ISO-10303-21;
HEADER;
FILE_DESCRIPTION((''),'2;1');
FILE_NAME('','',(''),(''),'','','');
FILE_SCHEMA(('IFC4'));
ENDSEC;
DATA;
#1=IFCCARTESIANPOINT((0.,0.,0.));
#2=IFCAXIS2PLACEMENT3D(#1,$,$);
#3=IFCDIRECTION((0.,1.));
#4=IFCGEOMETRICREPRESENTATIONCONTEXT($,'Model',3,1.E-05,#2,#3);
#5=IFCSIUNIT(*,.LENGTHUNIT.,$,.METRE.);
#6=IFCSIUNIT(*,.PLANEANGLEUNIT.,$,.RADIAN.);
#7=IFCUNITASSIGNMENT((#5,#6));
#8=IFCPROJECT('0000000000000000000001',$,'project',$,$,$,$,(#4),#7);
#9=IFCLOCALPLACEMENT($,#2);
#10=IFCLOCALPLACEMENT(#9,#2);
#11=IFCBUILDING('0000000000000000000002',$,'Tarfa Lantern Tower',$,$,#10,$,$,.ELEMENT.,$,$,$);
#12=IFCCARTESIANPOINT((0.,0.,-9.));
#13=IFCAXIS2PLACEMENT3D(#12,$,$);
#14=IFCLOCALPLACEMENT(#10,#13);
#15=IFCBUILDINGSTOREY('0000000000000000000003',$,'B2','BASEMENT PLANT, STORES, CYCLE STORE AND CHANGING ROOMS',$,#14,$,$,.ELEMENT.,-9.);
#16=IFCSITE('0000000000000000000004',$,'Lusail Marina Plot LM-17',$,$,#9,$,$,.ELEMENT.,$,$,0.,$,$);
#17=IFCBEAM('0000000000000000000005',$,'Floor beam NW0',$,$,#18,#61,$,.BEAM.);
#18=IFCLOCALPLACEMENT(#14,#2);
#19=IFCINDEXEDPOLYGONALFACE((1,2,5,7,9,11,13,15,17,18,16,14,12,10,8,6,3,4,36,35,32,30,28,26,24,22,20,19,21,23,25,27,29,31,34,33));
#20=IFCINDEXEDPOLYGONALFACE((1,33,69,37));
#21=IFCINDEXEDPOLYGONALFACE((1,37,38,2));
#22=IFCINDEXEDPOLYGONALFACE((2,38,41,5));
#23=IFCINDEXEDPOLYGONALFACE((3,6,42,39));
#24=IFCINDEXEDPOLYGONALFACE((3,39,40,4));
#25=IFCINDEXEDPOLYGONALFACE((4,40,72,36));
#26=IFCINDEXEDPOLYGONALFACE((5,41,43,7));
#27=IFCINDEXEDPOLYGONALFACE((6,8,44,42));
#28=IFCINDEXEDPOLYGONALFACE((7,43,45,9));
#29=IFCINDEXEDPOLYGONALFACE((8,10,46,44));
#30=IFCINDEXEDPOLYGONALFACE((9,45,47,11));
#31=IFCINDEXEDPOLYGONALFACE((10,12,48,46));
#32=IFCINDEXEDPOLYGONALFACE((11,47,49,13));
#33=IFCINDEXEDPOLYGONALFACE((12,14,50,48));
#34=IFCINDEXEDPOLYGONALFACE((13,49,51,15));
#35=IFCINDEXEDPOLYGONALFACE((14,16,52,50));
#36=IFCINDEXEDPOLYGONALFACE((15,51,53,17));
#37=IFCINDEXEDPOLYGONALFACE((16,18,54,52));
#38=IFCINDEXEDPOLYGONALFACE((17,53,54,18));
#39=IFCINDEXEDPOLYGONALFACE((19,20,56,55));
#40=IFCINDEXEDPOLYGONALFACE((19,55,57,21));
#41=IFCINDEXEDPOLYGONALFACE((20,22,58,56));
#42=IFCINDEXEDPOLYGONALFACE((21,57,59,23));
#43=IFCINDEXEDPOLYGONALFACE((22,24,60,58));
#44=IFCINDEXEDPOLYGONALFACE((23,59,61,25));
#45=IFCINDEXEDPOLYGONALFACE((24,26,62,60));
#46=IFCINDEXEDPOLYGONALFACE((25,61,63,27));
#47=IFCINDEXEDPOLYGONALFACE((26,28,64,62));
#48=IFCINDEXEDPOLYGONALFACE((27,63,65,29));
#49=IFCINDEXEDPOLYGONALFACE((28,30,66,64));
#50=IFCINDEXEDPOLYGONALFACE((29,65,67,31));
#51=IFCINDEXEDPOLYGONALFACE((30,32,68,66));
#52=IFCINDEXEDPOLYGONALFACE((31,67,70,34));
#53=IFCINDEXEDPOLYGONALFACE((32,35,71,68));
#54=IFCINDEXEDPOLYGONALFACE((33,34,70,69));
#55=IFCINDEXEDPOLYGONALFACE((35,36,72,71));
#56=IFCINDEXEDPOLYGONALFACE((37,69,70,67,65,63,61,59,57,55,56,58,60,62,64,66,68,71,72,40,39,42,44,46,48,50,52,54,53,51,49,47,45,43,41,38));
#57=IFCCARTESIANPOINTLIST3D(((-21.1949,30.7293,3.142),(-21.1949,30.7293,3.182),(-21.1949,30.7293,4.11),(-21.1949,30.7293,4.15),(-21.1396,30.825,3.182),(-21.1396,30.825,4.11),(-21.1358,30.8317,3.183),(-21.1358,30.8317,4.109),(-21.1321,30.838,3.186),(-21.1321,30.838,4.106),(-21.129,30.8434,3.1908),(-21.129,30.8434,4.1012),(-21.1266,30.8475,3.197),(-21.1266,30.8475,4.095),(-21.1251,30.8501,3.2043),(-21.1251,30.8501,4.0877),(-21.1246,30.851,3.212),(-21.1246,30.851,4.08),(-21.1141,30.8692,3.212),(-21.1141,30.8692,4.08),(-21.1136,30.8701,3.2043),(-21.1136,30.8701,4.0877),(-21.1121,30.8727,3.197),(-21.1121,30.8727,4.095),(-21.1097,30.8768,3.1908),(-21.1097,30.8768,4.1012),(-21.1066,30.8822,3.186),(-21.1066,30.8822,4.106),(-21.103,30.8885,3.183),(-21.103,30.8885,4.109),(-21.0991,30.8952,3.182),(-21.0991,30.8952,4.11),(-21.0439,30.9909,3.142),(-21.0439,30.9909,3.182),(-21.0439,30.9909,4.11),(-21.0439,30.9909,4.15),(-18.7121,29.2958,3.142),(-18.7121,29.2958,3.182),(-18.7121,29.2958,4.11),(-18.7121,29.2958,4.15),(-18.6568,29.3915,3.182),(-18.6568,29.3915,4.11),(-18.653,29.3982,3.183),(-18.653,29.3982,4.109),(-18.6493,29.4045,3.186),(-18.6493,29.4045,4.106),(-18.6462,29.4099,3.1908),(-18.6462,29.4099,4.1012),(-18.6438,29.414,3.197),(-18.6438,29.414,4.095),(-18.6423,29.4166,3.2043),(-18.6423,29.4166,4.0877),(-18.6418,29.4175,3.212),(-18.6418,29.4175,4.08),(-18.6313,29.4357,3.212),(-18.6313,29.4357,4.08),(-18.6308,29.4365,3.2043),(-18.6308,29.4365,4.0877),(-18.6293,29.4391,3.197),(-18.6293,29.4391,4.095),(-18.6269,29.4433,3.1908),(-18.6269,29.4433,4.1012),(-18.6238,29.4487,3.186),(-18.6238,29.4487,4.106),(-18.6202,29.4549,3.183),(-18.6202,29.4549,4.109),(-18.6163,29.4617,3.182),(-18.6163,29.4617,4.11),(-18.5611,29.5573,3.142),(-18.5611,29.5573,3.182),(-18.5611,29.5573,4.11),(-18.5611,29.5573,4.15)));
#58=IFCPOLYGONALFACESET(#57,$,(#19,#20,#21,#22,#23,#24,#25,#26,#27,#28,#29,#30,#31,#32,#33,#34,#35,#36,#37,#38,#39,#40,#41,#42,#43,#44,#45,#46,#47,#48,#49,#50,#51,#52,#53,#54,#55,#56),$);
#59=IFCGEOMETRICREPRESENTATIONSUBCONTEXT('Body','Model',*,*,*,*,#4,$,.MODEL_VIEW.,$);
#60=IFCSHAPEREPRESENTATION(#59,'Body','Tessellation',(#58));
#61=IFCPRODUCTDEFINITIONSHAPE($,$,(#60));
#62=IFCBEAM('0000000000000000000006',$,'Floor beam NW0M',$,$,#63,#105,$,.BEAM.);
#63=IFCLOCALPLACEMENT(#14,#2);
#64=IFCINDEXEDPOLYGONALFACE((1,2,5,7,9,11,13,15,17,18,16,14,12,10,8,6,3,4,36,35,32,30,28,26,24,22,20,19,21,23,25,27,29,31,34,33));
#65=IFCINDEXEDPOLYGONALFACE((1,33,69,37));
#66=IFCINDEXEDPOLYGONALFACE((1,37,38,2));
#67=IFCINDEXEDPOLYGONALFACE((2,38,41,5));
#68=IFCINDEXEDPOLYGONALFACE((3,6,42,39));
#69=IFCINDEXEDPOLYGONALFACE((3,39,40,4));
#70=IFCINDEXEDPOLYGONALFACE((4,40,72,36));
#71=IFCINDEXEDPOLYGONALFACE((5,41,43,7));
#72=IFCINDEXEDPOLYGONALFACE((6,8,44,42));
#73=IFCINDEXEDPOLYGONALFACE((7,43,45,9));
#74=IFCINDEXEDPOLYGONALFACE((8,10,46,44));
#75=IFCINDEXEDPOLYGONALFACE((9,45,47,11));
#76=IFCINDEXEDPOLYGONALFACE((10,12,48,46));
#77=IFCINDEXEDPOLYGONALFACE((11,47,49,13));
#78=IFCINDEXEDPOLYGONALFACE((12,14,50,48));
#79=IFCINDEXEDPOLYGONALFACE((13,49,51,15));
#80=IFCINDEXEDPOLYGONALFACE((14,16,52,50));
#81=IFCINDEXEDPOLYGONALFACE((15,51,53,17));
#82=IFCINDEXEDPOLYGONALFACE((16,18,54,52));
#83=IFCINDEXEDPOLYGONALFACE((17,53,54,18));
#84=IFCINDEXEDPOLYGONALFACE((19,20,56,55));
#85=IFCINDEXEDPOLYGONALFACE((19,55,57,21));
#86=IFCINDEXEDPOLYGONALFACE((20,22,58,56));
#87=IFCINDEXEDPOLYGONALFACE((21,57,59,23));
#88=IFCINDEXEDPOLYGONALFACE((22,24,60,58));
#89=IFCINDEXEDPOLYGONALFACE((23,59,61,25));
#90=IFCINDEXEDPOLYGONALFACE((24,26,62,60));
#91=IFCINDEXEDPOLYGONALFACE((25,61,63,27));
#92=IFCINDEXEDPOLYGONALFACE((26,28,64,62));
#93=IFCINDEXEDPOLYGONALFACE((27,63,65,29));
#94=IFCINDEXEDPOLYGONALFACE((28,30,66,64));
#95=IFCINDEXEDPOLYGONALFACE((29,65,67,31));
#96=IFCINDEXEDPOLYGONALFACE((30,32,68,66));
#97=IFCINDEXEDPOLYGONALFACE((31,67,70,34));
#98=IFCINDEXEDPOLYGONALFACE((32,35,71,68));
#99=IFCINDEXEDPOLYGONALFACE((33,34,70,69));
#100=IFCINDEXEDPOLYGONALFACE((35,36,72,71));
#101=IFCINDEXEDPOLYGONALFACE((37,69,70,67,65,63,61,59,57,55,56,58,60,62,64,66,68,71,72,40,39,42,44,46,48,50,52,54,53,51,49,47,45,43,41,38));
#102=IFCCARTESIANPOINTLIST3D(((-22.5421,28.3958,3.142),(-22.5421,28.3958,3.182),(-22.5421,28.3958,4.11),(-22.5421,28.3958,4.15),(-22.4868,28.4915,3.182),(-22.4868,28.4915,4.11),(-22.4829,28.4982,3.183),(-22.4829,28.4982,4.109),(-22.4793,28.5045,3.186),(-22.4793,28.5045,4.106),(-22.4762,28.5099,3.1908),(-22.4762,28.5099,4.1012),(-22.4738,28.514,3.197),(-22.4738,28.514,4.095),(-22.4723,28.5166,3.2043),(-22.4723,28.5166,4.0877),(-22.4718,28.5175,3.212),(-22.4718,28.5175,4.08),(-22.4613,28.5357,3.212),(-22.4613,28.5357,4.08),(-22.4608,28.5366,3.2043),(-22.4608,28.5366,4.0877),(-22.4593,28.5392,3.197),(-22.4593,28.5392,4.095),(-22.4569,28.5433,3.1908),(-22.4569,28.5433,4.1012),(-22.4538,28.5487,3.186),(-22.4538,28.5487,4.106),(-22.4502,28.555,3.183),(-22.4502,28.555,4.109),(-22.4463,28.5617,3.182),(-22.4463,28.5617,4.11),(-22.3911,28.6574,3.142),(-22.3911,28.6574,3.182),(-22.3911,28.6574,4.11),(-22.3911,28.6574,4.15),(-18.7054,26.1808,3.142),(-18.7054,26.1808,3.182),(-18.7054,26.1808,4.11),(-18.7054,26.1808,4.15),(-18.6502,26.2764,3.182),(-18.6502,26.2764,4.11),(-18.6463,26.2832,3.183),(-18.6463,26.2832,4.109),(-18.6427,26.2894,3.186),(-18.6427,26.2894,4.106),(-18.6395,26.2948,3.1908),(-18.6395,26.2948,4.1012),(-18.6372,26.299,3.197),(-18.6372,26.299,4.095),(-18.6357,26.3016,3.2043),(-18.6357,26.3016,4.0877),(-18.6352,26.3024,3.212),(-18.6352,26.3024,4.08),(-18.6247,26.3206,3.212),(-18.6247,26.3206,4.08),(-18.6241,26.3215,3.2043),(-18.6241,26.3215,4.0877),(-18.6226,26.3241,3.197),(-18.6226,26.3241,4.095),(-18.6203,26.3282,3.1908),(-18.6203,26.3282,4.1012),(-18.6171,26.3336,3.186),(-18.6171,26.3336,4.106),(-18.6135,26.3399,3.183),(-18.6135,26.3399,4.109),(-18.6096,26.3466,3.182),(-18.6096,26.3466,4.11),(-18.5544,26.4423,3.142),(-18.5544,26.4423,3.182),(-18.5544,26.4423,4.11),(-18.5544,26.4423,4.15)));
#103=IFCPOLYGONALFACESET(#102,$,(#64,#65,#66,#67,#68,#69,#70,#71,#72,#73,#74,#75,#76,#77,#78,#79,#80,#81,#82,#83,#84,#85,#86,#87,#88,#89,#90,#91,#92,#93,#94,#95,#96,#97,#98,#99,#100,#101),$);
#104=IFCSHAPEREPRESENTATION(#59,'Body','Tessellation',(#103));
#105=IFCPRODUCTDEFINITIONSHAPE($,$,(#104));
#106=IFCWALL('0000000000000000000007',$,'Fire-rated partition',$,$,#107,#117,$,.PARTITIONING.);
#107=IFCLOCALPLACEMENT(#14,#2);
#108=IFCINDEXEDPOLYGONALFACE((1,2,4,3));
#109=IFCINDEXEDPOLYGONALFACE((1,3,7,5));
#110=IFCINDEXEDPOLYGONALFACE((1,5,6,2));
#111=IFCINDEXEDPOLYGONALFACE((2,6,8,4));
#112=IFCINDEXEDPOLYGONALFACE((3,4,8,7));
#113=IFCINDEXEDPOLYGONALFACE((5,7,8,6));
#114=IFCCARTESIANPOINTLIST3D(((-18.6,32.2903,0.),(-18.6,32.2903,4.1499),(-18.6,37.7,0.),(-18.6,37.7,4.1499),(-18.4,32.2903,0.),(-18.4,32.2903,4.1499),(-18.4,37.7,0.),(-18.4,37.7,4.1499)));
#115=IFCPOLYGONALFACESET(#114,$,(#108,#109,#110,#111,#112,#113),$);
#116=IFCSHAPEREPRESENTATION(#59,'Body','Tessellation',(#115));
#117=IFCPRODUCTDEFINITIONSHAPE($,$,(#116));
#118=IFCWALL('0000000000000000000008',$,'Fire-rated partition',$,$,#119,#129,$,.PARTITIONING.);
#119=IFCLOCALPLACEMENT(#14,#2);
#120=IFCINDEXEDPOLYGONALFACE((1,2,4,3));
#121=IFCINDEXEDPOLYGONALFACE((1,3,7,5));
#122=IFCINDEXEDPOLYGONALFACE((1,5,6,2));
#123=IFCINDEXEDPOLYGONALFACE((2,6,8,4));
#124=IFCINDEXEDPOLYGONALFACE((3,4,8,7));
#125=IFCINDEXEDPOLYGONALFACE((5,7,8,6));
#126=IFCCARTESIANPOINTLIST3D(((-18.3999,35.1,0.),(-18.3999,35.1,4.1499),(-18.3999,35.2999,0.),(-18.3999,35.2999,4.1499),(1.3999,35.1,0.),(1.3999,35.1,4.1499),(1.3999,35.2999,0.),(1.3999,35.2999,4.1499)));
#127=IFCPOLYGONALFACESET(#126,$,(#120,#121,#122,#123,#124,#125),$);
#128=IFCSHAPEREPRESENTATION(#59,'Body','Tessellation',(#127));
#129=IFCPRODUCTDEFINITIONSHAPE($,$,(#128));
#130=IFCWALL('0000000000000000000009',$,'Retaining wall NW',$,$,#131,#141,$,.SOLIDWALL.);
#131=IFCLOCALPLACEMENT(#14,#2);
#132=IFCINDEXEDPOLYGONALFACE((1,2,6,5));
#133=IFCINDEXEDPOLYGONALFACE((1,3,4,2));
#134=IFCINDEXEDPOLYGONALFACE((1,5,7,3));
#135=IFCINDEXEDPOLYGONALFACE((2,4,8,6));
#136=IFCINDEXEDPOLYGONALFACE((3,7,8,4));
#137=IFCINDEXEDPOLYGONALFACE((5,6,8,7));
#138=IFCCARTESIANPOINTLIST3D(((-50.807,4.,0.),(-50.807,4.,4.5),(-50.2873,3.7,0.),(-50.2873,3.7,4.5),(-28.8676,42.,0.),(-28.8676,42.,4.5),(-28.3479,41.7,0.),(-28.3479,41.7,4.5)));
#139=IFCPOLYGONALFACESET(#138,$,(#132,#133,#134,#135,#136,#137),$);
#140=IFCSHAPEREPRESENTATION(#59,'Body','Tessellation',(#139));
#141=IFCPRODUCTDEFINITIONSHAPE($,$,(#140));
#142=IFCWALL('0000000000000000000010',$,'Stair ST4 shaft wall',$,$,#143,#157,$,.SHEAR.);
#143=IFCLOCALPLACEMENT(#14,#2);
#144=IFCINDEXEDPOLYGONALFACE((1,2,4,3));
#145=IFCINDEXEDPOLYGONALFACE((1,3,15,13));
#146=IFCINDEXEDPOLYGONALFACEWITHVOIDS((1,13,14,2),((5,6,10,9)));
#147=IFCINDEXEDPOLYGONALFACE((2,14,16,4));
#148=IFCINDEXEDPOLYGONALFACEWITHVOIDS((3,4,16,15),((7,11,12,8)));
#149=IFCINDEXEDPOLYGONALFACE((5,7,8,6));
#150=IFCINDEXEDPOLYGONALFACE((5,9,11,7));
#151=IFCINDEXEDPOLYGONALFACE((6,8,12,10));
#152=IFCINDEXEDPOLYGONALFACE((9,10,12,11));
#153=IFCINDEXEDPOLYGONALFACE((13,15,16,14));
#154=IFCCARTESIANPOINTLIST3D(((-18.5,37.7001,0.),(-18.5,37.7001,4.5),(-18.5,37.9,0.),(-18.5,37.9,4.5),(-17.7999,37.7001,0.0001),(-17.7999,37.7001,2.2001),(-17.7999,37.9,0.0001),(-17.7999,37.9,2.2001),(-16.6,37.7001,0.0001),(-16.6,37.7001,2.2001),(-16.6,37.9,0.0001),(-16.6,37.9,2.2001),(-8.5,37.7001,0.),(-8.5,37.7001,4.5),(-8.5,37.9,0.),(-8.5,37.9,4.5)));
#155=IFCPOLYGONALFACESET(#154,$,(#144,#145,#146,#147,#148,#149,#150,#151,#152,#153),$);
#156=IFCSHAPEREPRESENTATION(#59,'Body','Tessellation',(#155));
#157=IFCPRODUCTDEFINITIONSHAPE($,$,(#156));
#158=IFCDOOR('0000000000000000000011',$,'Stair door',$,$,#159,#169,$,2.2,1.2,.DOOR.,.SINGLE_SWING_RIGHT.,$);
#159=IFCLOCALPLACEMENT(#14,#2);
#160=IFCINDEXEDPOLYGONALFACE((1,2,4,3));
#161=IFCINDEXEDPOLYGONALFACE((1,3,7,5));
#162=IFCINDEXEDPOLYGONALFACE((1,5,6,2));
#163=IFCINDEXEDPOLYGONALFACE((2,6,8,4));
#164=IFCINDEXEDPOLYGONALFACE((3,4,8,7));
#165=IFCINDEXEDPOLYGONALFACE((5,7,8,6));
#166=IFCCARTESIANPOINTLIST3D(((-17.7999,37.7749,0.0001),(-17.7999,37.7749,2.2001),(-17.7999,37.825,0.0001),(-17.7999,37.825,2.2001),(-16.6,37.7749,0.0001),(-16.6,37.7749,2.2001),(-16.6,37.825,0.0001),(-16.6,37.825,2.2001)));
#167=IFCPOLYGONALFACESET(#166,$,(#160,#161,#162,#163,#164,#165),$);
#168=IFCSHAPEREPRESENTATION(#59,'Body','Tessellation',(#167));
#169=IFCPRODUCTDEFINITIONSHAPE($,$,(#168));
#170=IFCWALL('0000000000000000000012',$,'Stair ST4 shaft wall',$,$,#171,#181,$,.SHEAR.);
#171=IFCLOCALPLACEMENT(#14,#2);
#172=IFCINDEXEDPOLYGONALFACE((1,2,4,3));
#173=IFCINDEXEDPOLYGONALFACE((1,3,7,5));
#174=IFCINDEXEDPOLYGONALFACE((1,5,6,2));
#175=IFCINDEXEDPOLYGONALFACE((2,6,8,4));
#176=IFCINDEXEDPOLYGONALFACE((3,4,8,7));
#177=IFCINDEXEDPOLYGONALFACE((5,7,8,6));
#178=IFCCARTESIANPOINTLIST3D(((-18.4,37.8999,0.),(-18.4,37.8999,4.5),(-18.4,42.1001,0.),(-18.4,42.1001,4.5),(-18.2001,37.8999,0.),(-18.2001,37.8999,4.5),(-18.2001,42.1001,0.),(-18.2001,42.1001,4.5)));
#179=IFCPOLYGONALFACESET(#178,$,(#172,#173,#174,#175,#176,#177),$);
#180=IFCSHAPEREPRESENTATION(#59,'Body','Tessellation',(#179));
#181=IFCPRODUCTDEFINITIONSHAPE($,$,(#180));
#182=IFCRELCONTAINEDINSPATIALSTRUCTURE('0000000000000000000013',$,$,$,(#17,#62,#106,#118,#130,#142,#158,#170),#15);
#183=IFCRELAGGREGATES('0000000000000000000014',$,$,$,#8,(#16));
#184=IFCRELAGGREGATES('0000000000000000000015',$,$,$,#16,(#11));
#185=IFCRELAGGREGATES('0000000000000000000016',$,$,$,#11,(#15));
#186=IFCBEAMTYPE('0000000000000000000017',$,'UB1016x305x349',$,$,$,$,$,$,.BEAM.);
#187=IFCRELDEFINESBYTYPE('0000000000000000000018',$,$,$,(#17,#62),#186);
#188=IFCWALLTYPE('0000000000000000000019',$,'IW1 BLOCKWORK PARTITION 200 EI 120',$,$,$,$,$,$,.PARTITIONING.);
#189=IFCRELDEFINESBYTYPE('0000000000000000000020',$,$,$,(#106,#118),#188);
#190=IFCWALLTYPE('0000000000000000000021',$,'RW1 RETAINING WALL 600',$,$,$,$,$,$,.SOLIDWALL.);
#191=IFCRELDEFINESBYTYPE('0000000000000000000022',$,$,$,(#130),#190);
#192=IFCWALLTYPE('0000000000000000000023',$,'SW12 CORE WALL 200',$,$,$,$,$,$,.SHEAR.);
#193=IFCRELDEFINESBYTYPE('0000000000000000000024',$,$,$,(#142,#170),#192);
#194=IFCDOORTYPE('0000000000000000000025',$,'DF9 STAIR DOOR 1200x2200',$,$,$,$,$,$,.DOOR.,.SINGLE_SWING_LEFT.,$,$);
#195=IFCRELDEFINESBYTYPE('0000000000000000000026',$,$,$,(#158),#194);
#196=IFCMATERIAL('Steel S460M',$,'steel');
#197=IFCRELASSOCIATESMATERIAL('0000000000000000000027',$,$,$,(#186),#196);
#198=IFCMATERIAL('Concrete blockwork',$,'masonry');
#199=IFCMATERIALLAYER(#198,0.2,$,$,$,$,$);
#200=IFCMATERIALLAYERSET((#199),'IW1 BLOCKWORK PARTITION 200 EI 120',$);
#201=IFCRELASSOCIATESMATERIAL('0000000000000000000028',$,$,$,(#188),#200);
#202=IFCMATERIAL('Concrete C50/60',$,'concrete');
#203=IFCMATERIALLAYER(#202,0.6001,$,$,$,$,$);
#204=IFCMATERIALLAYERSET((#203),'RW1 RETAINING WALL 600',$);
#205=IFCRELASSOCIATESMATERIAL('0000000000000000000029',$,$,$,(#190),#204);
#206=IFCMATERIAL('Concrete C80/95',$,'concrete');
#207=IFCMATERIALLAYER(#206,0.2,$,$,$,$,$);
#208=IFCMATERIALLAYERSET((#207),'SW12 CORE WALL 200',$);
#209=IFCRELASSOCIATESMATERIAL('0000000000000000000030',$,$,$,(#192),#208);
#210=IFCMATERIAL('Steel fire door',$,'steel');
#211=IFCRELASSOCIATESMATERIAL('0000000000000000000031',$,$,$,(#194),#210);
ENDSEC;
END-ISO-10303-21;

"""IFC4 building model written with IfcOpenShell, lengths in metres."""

from ifc_helpers import new_model, si_unit, direction, frame, frame_2d, origin, origin_2d, place, context, subcontext, project, spatial, rectangle, i_section, extrude, material, layer, layer_set, material_profile, profile_set, type_object, element, fill, save


model = new_model("IFC4")

# Units and contexts
model_context = context("Model", 3, precision=1e-05, world=origin(), true_north=direction((0.0, 1.0)))
body_context = subcontext(model_context, "Body", "Model", "MODEL_VIEW")
ifc_project = project(units=[si_unit("LENGTHUNIT", "METRE"), si_unit("PLANEANGLEUNIT", "RADIAN")], contexts=[model_context])

# Site, building, storey
site_placement = place(None, origin())
site = spatial("IfcSite", under=ifc_project, at=site_placement, Name="Lusail Marina Plot LM-17", CompositionType="ELEMENT", RefElevation=0.0)
building_placement = place(site_placement, origin())
building = spatial("IfcBuilding", under=site, at=building_placement, Name="Tarfa Lantern Tower", CompositionType="ELEMENT")
storey_placement = place(building_placement, frame((0.0, 0.0, -9.0)))
storey = spatial("IfcBuildingStorey", under=building, at=storey_placement, Name="B2", Description="BASEMENT PLANT, STORES, CYCLE STORE AND CHANGING ROOMS", CompositionType="ELEMENT", Elevation=-9.0)

# Shared definitions
ifc_material_1 = material(Name="Concrete C80/95", Category="concrete")

# Beams
ifc_material_2 = material(Name="Steel S460M", Category="steel")
ifc_material_profile_1 = material_profile(ifc_material_2, i_section(OverallWidth=0.302, OverallDepth=1.0081, WebThickness=0.021, FlangeThickness=0.04, FilletRadius=0.03, at=origin_2d()), Name="UB1016x305x349")
ifc_profile_set_1 = profile_set([ifc_material_profile_1], Name="Steel S460M")
beam_type_1 = type_object("IfcBeamType", Name="UB1016x305x349", PredefinedType="BEAM", material=ifc_profile_set_1)
beam_1_placement = place(storey_placement, frame((-21.1194, 30.8601, 3.646), z_axis=(0.866013, -0.500022, 0.0), x_axis=(0.500022, 0.866013, 0.0)))
element("IfcBeam", 1, at=beam_1_placement, inside=storey, type_object=beam_type_1, Name="Floor beam NW0", PredefinedType="BEAM", context=body_context, shape_type="SweptSolid", body=[
    extrude(i_section(OverallWidth=0.302, OverallDepth=1.0081, WebThickness=0.021, FlangeThickness=0.04, FilletRadius=0.03, at=origin_2d()), origin(), (0.0, 0.0, 1.0), 2.8669),
])
beam_2_placement = place(storey_placement, frame((-22.4666, 28.5266, 3.646), z_axis=(0.866027, -0.499998, 0.0), x_axis=(0.499998, 0.866027, 0.0)))
element("IfcBeam", 2, at=beam_2_placement, inside=storey, type_object=beam_type_1, Name="Floor beam NW0M", PredefinedType="BEAM", context=body_context, shape_type="SweptSolid", body=[
    extrude(i_section(OverallWidth=0.302, OverallDepth=1.0081, WebThickness=0.021, FlangeThickness=0.04, FilletRadius=0.03, at=origin_2d()), origin(), (0.0, 0.0, 1.0), 4.4302),
])

# Walls
ifc_material_3 = material(Name="Concrete blockwork", Category="masonry")
ifc_layer_1 = layer(ifc_material_3, 0.2)
ifc_layer_set_1 = layer_set([ifc_layer_1], Name="IW1 BLOCKWORK PARTITION 200 EI 120")
wall_type_1 = type_object("IfcWallType", Name="IW1 BLOCKWORK PARTITION 200 EI 120", PredefinedType="PARTITIONING", material=ifc_layer_set_1)
wall_1_placement = place(storey_placement, frame((-18.5, 32.2903, 0.0), z_axis=(0.0, 0.0, 1.0), x_axis=(0.0, 1.0, 0.0)))
element("IfcWall", 3, at=wall_1_placement, inside=storey, type_object=wall_type_1, Name="Fire-rated partition", PredefinedType="PARTITIONING", context=body_context, shape_type="SweptSolid", body=[
    extrude(rectangle(XDim=5.4097, YDim=0.2, at=frame_2d((2.7048, 0.0))), origin(), (0.0, 0.0, 1.0), 4.1499),
])
wall_2_placement = place(storey_placement, frame((-18.3999, 35.2, 0.0), z_axis=(0.0, 0.0, 1.0), x_axis=(1.0, 0.0, 0.0)))
element("IfcWall", 4, at=wall_2_placement, inside=storey, type_object=wall_type_1, Name="Fire-rated partition", PredefinedType="PARTITIONING", context=body_context, shape_type="SweptSolid", body=[
    extrude(rectangle(XDim=19.7998, YDim=0.2, at=frame_2d((9.8999, 0.0))), origin(), (0.0, 0.0, 1.0), 4.1499),
])
ifc_material_4 = material(Name="Concrete C50/60", Category="concrete")
ifc_layer_2 = layer(ifc_material_4, 0.6001)
ifc_layer_set_2 = layer_set([ifc_layer_2], Name="RW1 RETAINING WALL 600")
wall_type_2 = type_object("IfcWallType", Name="RW1 RETAINING WALL 600", PredefinedType="SOLIDWALL", material=ifc_layer_set_2)
wall_3_placement = place(storey_placement, frame((-28.6077, 41.8501, 0.0), z_axis=(0.0, 0.0, 1.0), x_axis=(-0.500002, -0.866024, 0.0)))
element("IfcWall", 5, at=wall_3_placement, inside=storey, type_object=wall_type_2, Name="Retaining wall NW", PredefinedType="SOLIDWALL", context=body_context, shape_type="SweptSolid", body=[
    extrude(rectangle(XDim=43.8787, YDim=0.6001, at=frame_2d((21.9395, 0.0))), origin(), (0.0, 0.0, 1.0), 4.5),
])

# Wall, opening, door
ifc_layer_3 = layer(ifc_material_1, 0.2)
ifc_layer_set_3 = layer_set([ifc_layer_3], Name="SW12 CORE WALL 200")
wall_type_3 = type_object("IfcWallType", Name="SW12 CORE WALL 200", PredefinedType="SHEAR", material=ifc_layer_set_3)
wall_4_placement = place(storey_placement, frame((-18.5, 37.8, 0.0), z_axis=(0.0, 0.0, 1.0), x_axis=(1.0, 0.0, 0.0)))
wall_4 = element("IfcWall", 6, at=wall_4_placement, inside=storey, type_object=wall_type_3, Name="Stair ST4 shaft wall", PredefinedType="SHEAR", context=body_context, shape_type="SweptSolid", body=[
    extrude(rectangle(XDim=10.0, YDim=0.2, at=frame_2d((5.0, 0.0))), origin(), (0.0, 0.0, 1.0), 4.5),
])
opening_placement = place(wall_4_placement, frame((0.7, 0.0, 0.0)))
opening = element("IfcOpeningElement", 7, at=opening_placement, cuts=wall_4, PredefinedType="OPENING", context=body_context, shape_type="SweptSolid", body=[
    extrude(rectangle(XDim=1.2, YDim=2.2, at=frame_2d((0.6001, 1.1001))), frame((0.0, 0.1099, 0.0), z_axis=(0.0, -1.0, 0.0), x_axis=(1.0, 0.0, 0.0)), (0.0, 0.0, 1.0), 0.22),
])
ifc_material_5 = material(Name="Steel fire door", Category="steel")
door_type = type_object("IfcDoorType", Name="DF9 STAIR DOOR 1200x2200", OperationType="SINGLE_SWING_LEFT", PredefinedType="DOOR", material=ifc_material_5)
door_placement = place(opening_placement, origin())
door = element("IfcDoor", 8, at=door_placement, inside=storey, type_object=door_type, Name="Stair door", OperationType="SINGLE_SWING_RIGHT", OverallHeight=2.2, OverallWidth=1.2, PredefinedType="DOOR", context=body_context, shape_type="SweptSolid", body=[
    extrude(rectangle(XDim=1.2, YDim=2.2, at=frame_2d((0.6001, 1.1001))), frame((0.0, 0.0249, 0.0), z_axis=(0.0, -1.0, 0.0), x_axis=(1.0, 0.0, 0.0)), (0.0, 0.0, 1.0), 0.05),
])
fill(opening, door)

# Wall
wall_5_placement = place(storey_placement, frame((-18.3, 42.1001, 0.0), z_axis=(0.0, 0.0, 1.0), x_axis=(0.0, -1.0, 0.0)))
element("IfcWall", 9, at=wall_5_placement, inside=storey, type_object=wall_type_3, Name="Stair ST4 shaft wall", PredefinedType="SHEAR", context=body_context, shape_type="SweptSolid", body=[
    extrude(rectangle(XDim=4.2002, YDim=0.2, at=frame_2d((2.1001, 0.0))), origin(), (0.0, 0.0, 1.0), 4.5),
])

save(model, "model.ifc")
